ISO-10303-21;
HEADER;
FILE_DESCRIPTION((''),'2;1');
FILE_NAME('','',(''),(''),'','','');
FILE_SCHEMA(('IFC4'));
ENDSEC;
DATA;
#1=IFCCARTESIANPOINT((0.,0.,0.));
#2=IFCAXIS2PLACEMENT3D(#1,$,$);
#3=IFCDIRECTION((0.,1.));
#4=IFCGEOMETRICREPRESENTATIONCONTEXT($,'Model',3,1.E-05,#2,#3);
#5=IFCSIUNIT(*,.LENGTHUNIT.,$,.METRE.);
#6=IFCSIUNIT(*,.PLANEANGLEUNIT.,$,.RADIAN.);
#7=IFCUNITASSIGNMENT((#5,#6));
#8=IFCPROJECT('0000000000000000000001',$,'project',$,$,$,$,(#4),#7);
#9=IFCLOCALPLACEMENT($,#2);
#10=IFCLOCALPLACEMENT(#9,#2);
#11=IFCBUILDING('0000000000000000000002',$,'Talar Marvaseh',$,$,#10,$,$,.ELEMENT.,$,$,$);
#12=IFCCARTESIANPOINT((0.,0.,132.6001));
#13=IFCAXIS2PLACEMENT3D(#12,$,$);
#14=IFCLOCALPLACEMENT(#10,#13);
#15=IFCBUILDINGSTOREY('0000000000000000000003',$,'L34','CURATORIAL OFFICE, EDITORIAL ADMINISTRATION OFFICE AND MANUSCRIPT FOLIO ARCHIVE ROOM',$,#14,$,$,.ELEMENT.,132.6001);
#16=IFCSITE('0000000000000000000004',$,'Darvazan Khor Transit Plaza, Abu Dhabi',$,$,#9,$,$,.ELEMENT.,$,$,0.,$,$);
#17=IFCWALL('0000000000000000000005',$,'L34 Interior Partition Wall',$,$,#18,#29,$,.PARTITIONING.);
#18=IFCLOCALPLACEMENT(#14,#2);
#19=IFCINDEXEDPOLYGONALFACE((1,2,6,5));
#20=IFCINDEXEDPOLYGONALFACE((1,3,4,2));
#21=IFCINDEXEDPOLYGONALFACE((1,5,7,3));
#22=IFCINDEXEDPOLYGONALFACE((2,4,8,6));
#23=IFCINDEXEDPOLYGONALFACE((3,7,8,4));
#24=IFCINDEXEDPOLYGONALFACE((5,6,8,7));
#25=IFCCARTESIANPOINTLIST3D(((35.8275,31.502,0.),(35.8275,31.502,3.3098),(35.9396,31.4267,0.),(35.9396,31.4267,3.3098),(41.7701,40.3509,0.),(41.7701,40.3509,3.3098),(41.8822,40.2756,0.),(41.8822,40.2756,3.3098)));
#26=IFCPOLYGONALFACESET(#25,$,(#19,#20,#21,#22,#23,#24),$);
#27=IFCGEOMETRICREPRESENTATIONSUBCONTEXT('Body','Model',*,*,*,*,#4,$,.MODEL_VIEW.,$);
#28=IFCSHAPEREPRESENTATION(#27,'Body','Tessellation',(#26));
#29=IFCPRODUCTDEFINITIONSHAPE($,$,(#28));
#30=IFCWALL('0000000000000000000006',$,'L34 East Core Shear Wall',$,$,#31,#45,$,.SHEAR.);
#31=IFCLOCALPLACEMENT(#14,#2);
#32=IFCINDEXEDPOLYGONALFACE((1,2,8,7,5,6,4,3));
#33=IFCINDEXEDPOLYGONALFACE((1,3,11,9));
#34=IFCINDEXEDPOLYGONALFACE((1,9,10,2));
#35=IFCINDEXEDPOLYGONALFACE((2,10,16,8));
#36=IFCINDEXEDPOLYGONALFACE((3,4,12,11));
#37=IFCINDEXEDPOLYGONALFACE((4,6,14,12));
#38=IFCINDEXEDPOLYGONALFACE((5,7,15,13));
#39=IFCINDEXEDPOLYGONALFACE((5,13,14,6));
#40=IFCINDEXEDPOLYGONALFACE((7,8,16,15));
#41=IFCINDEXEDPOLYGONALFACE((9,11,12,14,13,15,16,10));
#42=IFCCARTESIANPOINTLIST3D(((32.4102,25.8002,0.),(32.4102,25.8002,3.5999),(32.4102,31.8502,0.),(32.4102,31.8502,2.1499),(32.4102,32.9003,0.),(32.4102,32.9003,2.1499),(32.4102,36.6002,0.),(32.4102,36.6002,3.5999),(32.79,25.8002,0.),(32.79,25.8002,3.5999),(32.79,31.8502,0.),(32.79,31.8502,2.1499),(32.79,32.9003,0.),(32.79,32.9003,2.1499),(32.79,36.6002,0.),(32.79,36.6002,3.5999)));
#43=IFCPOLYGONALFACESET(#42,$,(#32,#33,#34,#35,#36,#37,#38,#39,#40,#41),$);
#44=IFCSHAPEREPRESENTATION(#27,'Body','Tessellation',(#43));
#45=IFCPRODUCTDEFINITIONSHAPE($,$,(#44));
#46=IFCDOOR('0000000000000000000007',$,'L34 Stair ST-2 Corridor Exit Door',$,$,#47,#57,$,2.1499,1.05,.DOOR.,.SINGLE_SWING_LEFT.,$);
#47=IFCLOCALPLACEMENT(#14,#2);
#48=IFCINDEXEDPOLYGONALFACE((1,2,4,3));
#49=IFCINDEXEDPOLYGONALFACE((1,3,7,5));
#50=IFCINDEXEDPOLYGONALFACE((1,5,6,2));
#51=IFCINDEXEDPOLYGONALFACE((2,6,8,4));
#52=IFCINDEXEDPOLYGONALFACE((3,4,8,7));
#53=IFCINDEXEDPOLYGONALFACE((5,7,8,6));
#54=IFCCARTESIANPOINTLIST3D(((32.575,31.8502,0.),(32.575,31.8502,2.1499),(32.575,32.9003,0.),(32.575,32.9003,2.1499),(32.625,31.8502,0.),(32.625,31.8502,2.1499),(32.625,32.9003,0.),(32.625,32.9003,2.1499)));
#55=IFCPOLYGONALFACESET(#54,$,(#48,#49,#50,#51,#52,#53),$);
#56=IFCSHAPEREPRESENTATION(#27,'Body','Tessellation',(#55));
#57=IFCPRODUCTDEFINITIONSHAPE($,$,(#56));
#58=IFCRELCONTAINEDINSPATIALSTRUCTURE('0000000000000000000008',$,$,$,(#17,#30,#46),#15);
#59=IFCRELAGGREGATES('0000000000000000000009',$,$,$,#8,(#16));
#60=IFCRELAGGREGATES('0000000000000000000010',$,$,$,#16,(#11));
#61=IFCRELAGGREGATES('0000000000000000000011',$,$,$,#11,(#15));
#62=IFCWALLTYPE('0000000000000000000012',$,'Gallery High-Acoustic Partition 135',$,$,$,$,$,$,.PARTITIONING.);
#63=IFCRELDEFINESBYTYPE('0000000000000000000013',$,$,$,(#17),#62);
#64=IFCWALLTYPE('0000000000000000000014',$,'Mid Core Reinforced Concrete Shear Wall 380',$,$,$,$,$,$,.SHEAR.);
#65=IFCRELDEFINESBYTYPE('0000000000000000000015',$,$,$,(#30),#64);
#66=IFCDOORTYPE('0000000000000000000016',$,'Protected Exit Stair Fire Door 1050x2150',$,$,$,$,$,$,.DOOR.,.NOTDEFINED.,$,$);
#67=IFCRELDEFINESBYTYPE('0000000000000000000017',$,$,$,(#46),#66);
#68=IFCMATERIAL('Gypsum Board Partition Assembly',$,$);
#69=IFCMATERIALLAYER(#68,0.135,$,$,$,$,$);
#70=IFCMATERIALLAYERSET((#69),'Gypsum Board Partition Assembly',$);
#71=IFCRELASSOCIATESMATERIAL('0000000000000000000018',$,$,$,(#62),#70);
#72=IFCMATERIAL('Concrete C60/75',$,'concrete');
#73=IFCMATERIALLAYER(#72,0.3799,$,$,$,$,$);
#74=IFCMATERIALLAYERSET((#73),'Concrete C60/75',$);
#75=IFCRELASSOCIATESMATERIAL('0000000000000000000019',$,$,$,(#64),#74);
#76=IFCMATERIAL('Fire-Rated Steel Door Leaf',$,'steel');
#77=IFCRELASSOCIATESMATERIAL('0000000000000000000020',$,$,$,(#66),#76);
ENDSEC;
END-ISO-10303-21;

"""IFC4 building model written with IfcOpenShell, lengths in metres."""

from ifc_helpers import new_model, si_unit, direction, frame, frame_2d, origin, place, context, subcontext, project, spatial, rectangle, extrude, source, transform, mapped, material, layer, layer_set, type_object, type_shapes, element, fill, save


model = new_model("IFC4")

# Units and contexts
model_context = context("Model", 3, precision=1e-05, world=origin(), true_north=direction((0.0, 1.0)))
body_context = subcontext(model_context, "Body", "Model", "MODEL_VIEW")
ifc_project = project(units=[si_unit("LENGTHUNIT", "METRE"), si_unit("PLANEANGLEUNIT", "RADIAN")], contexts=[model_context])

# Site, building, storey
site_placement = place(None, origin())
site = spatial("IfcSite", under=ifc_project, at=site_placement, Name="Darvazan Khor Transit Plaza, Abu Dhabi", CompositionType="ELEMENT", RefElevation=0.0)
building_placement = place(site_placement, origin())
building = spatial("IfcBuilding", under=site, at=building_placement, Name="Talar Marvaseh", CompositionType="ELEMENT")
storey_placement = place(building_placement, frame((0.0, 0.0, 132.6001)))
storey = spatial("IfcBuildingStorey", under=building, at=storey_placement, Name="L34", Description="CURATORIAL OFFICE, EDITORIAL ADMINISTRATION OFFICE AND MANUSCRIPT FOLIO ARCHIVE ROOM", CompositionType="ELEMENT", Elevation=132.6001)

# Shared definitions
ifc_material_1 = material(Name="Concrete C60/75", Category="concrete")

# Wall
ifc_material_2 = material(Name="Gypsum Board Partition Assembly")
ifc_layer_1 = layer(ifc_material_2, 0.135)
ifc_layer_set_1 = layer_set([ifc_layer_1], Name="Gypsum Board Partition Assembly")
wall_type_1 = type_object("IfcWallType", Name="Gallery High-Acoustic Partition 135", PredefinedType="PARTITIONING", material=ifc_layer_set_1)
wall_1_placement = place(storey_placement, frame((35.8835, 31.4644, 0.0), z_axis=(0.0, 0.0, 1.0), x_axis=(0.557514, 0.830167, 0.0)))
element("IfcWall", 1, at=wall_1_placement, inside=storey, type_object=wall_type_1, Name="L34 Interior Partition Wall", PredefinedType="PARTITIONING", context=body_context, shape_type="SweptSolid", body=[
    extrude(rectangle(XDim=10.6592, YDim=0.135, at=frame_2d((5.3296, 0.0))), origin(), (0.0, 0.0, 1.0), 3.3098),
])

# Wall, opening, door
ifc_layer_2 = layer(ifc_material_1, 0.3799)
ifc_layer_set_2 = layer_set([ifc_layer_2], Name="Concrete C60/75")
wall_type_2 = type_object("IfcWallType", Name="Mid Core Reinforced Concrete Shear Wall 380", PredefinedType="SHEAR", material=ifc_layer_set_2)
wall_2_placement = place(storey_placement, frame((32.6001, 36.6001, 0.0), z_axis=(0.0, 0.0, 1.0), x_axis=(0.0, -1.0, 0.0)))
wall_2 = element("IfcWall", 2, at=wall_2_placement, inside=storey, type_object=wall_type_2, Name="L34 East Core Shear Wall", PredefinedType="SHEAR", context=body_context, shape_type="SweptSolid", body=[
    extrude(rectangle(XDim=10.8, YDim=0.3799, at=frame_2d((5.3999, 0.0))), origin(), (0.0, 0.0, 1.0), 3.5999),
])
opening_1_placement = place(wall_2_placement, frame((3.7, 0.0, 0.0)))
opening_1 = element("IfcOpeningElement", 3, at=opening_1_placement, cuts=wall_2, PredefinedType="OPENING", context=body_context, shape_type="SweptSolid", body=[
    extrude(rectangle(XDim=1.05, YDim=2.1499, at=frame_2d((0.5249, 1.075))), frame((0.0, 0.2, 0.0), z_axis=(0.0, -1.0, 0.0), x_axis=(1.0, 0.0, 0.0)), (0.0, 0.0, 1.0), 0.3999),
])
ifc_material_3 = material(Name="Fire-Rated Steel Door Leaf", Category="steel")
door_type = type_object("IfcDoorType", Name="Protected Exit Stair Fire Door 1050x2150", OperationType="NOTDEFINED", PredefinedType="DOOR", material=ifc_material_3)
shared_shape_1 = source(origin(), body_context, "Body", "SweptSolid", [
    extrude(rectangle(XDim=1.05, YDim=2.1499, at=frame_2d((0.5249, 1.075))), frame((0.0, 0.0249, 0.0), z_axis=(0.0, -1.0, 0.0), x_axis=(1.0, 0.0, 0.0)), (0.0, 0.0, 1.0), 0.05),
])
type_shapes(door_type, [shared_shape_1])
door_placement = place(opening_1_placement, origin())
door = element("IfcDoor", 4, at=door_placement, inside=storey, type_object=door_type, Name="L34 Stair ST-2 Corridor Exit Door", OperationType="SINGLE_SWING_LEFT", OverallHeight=2.1499, OverallWidth=1.05, PredefinedType="DOOR", context=body_context, shape_type="MappedRepresentation", body=[
    mapped(shared_shape_1, transform((0.0, 0.0, 0.0), x_axis=(1.0, 0.0, 0.0), y_axis=(0.0, 1.0, 0.0), z_axis=(0.0, 0.0, 1.0), scale=1.0)),
])
fill(opening_1, door)

save(model, "model.ifc")
